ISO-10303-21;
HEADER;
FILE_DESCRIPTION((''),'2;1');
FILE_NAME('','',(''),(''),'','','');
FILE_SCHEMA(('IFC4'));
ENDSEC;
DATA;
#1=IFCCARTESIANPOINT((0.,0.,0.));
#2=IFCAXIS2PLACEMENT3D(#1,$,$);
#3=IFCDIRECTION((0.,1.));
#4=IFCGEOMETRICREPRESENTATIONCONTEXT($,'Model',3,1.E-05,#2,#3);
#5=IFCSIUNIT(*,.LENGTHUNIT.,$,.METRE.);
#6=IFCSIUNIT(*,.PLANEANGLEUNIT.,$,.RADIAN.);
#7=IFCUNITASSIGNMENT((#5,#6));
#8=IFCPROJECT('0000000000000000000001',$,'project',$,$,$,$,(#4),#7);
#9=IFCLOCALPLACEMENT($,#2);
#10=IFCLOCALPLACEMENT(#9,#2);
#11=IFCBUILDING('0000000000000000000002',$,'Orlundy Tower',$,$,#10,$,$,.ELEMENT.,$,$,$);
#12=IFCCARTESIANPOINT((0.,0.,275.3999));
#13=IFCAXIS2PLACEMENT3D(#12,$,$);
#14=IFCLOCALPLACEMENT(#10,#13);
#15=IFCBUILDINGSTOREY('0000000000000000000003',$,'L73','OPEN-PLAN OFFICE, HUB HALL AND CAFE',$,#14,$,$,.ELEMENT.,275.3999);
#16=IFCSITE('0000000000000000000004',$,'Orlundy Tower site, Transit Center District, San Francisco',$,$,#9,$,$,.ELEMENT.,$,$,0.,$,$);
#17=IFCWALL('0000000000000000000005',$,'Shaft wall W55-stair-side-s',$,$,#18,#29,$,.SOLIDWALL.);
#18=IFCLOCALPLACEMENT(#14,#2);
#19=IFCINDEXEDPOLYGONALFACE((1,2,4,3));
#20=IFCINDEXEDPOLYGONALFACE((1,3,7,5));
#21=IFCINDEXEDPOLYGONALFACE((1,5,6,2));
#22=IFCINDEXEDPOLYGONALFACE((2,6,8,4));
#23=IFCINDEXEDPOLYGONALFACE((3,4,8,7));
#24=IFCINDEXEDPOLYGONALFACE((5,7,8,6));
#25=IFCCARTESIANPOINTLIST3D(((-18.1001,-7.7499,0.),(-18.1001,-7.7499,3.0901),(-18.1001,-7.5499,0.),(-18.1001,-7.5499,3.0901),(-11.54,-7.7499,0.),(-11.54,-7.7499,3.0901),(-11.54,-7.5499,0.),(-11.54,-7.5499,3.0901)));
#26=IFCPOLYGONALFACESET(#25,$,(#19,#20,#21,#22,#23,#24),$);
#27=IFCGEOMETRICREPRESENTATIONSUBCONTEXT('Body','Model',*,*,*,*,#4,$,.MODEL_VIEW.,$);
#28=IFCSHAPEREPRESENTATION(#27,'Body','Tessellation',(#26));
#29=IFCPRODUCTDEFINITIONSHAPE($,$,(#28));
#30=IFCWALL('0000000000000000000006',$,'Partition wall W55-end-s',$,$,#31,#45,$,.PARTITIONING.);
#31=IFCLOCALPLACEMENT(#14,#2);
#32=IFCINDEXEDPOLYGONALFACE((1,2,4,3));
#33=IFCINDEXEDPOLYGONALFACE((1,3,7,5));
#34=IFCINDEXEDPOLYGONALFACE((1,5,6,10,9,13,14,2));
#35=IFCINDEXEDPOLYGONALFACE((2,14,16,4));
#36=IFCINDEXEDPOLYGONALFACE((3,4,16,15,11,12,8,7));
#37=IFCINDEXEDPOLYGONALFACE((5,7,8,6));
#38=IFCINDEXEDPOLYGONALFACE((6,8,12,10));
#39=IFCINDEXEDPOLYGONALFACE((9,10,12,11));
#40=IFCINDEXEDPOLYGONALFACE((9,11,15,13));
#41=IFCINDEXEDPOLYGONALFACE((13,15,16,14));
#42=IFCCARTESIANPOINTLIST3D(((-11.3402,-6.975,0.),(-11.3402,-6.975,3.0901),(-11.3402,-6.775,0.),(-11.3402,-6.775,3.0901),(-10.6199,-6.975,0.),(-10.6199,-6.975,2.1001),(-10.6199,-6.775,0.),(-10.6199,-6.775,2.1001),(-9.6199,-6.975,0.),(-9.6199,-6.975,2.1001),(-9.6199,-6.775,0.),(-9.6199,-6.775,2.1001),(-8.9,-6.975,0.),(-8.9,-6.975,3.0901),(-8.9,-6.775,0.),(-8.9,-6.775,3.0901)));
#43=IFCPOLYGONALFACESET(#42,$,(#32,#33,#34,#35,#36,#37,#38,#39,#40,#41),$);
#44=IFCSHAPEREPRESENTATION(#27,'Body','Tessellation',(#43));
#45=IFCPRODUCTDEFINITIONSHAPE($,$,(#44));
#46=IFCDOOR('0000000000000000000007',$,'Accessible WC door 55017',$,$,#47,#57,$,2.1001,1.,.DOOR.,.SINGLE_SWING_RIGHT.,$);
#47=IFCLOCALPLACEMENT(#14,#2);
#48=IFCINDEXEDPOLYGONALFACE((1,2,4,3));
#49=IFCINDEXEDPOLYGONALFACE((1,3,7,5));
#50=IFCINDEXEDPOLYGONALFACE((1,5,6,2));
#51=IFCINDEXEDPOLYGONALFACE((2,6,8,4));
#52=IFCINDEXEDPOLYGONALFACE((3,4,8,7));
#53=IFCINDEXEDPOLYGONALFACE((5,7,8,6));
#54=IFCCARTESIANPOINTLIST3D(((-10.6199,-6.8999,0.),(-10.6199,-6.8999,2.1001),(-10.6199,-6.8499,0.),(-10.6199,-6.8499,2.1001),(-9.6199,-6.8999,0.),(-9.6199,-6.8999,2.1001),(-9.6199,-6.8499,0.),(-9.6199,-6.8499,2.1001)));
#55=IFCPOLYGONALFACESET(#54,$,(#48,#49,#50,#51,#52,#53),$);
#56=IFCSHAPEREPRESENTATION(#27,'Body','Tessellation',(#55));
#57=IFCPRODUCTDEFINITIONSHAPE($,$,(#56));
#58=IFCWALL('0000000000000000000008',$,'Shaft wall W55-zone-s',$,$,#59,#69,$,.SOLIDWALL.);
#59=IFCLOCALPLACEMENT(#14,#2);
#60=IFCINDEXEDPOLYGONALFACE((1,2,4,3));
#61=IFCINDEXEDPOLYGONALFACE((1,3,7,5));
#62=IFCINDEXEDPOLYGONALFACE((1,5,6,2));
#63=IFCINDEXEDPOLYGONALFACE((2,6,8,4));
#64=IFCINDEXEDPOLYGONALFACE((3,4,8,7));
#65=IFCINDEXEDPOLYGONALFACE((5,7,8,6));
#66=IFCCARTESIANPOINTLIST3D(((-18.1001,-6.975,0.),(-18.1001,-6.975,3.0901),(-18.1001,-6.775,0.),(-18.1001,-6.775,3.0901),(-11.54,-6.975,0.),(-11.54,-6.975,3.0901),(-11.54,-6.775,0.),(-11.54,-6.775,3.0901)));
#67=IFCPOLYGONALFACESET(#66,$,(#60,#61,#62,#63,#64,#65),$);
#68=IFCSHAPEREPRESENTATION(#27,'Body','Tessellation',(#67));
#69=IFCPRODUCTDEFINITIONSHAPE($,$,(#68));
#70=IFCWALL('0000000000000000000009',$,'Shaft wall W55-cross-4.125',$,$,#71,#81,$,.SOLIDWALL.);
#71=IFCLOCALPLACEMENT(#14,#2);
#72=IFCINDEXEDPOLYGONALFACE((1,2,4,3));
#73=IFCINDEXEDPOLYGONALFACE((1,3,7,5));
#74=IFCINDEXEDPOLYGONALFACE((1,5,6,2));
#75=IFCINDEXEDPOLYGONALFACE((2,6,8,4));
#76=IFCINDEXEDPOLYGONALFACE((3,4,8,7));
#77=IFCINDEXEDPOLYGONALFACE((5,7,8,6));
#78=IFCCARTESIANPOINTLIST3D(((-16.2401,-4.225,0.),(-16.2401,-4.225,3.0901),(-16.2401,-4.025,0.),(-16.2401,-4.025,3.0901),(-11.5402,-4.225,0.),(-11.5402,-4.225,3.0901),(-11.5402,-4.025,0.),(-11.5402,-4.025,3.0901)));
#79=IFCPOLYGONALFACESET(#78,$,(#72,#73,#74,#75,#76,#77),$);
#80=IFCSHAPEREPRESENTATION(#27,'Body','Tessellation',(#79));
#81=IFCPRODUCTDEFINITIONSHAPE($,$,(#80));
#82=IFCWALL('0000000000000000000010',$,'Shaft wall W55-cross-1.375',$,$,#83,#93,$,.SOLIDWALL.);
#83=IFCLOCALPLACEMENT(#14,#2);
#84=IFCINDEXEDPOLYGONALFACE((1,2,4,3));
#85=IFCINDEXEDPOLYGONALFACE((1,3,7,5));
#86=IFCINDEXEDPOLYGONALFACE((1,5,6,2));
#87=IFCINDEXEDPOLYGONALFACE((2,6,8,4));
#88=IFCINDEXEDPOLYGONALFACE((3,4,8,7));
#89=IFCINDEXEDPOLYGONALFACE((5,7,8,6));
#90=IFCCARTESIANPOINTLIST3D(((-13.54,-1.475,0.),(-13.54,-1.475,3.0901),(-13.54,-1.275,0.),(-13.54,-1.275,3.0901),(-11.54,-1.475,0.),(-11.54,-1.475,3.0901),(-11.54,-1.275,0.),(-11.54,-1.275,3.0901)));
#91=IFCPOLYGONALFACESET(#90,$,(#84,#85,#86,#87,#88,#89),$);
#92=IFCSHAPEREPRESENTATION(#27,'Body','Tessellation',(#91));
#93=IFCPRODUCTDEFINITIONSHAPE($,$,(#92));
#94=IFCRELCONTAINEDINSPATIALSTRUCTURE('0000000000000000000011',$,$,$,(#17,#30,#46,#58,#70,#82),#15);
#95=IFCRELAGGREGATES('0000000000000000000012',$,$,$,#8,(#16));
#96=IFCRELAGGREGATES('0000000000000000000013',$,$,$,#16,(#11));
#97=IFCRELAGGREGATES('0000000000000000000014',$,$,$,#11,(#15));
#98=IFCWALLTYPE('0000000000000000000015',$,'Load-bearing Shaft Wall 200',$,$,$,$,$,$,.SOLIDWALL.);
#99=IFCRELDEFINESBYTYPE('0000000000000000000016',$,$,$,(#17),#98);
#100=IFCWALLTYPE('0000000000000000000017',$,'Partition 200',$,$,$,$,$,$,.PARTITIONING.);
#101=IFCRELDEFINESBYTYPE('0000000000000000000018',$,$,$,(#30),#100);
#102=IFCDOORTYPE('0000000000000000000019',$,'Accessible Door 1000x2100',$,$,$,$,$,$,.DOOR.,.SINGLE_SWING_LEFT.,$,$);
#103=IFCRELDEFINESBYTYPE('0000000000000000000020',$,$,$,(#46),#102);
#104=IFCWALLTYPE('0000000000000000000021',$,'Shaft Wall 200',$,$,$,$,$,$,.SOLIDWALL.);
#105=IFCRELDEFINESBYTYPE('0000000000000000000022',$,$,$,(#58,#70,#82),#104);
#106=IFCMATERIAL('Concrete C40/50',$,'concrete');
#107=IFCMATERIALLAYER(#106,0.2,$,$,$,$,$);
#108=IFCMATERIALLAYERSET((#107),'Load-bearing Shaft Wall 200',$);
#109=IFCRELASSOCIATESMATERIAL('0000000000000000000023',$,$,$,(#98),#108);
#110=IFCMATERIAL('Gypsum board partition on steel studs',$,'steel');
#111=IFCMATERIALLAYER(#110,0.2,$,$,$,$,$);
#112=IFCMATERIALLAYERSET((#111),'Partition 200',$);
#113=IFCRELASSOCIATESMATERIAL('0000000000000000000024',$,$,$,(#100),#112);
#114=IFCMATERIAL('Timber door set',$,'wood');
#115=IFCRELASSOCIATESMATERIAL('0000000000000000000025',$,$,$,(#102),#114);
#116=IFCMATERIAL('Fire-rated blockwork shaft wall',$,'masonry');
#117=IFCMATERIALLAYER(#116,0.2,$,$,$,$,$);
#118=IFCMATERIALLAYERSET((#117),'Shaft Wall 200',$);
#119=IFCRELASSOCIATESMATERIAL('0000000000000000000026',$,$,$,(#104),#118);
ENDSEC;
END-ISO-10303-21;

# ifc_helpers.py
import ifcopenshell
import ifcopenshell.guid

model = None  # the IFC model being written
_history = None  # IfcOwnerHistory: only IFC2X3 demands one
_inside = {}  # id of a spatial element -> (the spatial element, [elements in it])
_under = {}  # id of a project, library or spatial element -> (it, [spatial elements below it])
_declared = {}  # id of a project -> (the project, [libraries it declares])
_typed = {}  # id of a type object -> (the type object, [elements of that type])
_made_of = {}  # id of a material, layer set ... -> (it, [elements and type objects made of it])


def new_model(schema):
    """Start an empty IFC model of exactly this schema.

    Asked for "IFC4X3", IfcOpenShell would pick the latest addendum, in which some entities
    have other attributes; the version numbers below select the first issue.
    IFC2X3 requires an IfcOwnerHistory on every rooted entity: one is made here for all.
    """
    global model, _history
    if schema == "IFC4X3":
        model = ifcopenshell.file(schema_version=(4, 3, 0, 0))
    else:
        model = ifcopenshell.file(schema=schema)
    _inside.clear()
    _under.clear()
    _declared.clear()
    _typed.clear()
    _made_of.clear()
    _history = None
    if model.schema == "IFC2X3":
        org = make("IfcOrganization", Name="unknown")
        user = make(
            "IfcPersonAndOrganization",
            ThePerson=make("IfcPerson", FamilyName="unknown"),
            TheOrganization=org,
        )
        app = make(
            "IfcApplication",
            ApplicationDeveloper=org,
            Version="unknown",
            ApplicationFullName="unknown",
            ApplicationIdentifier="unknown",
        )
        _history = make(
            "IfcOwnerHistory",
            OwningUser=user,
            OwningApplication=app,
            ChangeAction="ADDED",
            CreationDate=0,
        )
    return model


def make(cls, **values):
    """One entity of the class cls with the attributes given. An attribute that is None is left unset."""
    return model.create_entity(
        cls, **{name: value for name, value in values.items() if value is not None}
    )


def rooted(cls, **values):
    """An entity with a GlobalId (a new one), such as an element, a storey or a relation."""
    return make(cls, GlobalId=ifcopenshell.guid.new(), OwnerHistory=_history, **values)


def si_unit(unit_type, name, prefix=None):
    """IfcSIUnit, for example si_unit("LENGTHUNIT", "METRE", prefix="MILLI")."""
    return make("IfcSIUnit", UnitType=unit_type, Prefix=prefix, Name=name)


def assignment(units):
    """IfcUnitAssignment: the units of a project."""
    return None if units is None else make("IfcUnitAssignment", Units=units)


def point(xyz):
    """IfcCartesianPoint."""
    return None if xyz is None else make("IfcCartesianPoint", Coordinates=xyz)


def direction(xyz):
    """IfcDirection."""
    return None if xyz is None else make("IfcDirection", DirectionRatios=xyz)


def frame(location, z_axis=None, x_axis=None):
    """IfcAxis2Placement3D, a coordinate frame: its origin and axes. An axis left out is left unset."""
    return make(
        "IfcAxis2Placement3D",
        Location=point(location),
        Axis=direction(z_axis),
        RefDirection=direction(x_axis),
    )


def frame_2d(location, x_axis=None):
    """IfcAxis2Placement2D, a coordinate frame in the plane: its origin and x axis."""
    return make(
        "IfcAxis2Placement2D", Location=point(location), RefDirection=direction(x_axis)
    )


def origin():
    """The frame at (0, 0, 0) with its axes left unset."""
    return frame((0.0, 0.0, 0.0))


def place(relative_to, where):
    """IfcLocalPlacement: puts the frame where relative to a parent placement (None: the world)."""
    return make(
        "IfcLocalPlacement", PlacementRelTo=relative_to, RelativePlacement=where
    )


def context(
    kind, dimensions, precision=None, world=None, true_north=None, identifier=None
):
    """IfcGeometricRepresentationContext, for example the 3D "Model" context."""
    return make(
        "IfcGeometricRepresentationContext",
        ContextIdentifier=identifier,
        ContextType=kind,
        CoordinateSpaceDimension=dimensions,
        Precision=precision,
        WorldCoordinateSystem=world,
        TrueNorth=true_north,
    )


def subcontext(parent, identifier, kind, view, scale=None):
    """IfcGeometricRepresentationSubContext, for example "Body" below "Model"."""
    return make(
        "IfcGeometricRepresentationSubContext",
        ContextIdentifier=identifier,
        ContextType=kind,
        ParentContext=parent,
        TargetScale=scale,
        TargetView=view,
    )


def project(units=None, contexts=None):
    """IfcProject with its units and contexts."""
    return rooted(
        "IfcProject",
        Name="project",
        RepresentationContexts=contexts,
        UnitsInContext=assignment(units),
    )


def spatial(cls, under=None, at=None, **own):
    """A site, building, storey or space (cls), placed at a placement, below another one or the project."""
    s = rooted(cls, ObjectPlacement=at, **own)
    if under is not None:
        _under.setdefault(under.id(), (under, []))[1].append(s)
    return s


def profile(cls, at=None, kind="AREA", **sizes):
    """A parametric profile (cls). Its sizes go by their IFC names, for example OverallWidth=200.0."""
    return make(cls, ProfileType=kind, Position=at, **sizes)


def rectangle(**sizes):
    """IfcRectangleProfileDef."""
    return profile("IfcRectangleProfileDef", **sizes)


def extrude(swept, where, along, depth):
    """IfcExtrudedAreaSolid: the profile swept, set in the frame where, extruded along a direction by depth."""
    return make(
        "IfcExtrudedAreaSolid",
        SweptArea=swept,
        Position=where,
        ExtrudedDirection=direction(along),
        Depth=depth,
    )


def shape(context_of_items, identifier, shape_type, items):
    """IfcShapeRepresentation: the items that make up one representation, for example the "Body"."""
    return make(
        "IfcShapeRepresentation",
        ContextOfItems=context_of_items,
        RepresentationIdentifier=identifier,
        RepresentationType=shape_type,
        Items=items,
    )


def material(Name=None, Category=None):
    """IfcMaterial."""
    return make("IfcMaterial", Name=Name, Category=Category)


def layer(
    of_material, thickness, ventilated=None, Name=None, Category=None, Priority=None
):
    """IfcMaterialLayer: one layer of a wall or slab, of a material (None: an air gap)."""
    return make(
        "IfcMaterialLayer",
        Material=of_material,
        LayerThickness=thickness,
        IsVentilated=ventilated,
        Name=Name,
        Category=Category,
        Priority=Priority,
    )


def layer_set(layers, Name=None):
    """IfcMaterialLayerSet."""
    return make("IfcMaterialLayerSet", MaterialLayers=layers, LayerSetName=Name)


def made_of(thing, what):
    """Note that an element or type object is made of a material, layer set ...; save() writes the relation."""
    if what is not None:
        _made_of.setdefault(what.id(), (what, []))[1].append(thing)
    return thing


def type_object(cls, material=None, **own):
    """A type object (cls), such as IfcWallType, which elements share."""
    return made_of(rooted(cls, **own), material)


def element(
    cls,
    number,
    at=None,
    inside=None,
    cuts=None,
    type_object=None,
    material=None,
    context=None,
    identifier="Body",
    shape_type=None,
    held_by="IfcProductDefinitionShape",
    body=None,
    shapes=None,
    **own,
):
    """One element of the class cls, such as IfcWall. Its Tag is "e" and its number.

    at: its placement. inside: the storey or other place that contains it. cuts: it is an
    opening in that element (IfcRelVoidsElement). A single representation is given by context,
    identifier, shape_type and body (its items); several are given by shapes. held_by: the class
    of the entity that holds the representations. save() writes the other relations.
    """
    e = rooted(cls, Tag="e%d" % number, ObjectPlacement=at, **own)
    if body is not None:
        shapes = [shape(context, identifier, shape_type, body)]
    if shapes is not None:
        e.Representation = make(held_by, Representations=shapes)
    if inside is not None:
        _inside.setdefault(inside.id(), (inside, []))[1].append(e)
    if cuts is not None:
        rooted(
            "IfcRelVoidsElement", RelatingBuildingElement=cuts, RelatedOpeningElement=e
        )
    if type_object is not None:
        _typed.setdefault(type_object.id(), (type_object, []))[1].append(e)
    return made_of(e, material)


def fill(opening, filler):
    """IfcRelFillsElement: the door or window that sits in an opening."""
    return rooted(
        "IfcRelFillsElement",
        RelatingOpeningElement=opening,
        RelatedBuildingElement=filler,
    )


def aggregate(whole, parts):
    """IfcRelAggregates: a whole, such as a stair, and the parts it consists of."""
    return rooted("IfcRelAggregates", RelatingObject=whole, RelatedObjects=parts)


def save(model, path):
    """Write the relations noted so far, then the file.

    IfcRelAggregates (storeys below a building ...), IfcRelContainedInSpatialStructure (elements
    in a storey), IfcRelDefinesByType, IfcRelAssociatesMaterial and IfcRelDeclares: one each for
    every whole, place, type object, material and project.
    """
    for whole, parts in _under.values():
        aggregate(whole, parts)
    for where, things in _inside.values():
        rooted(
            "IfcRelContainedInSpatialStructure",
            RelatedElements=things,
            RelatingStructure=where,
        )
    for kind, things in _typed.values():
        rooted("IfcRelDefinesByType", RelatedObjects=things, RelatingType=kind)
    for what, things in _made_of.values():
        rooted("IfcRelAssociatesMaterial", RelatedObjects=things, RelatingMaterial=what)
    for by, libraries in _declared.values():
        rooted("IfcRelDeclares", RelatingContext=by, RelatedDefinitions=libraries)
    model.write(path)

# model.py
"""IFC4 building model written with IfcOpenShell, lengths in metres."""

from ifc_helpers import new_model, si_unit, direction, frame, frame_2d, origin, place, context, subcontext, project, spatial, rectangle, extrude, material, layer, layer_set, type_object, element, fill, save


model = new_model("IFC4")

# Units and contexts
model_context = context("Model", 3, precision=1e-05, world=origin(), true_north=direction((0.0, 1.0)))
body_context = subcontext(model_context, "Body", "Model", "MODEL_VIEW")
ifc_project = project(units=[si_unit("LENGTHUNIT", "METRE"), si_unit("PLANEANGLEUNIT", "RADIAN")], contexts=[model_context])

# Site, building, storey
site_placement = place(None, origin())
site = spatial("IfcSite", under=ifc_project, at=site_placement, Name="Orlundy Tower site, Transit Center District, San Francisco", CompositionType="ELEMENT", RefElevation=0.0)
building_placement = place(site_placement, origin())
building = spatial("IfcBuilding", under=site, at=building_placement, Name="Orlundy Tower", CompositionType="ELEMENT")
storey_placement = place(building_placement, frame((0.0, 0.0, 275.3999)))
storey = spatial("IfcBuildingStorey", under=building, at=storey_placement, Name="L73", Description="OPEN-PLAN OFFICE, HUB HALL AND CAFE", CompositionType="ELEMENT", Elevation=275.3999)

# Wall
ifc_material_1 = material(Name="Concrete C40/50", Category="concrete")
ifc_layer_1 = layer(ifc_material_1, 0.2)
ifc_layer_set_1 = layer_set([ifc_layer_1], Name="Load-bearing Shaft Wall 200")
wall_type_1 = type_object("IfcWallType", Name="Load-bearing Shaft Wall 200", PredefinedType="SOLIDWALL", material=ifc_layer_set_1)
wall_1_placement = place(storey_placement, frame((-11.54, -7.6499, 0.0), z_axis=(0.0, 0.0, 1.0), x_axis=(-1.0, 0.0, 0.0)))
element("IfcWall", 1, at=wall_1_placement, inside=storey, type_object=wall_type_1, Name="Shaft wall W55-stair-side-s", PredefinedType="SOLIDWALL", context=body_context, shape_type="SweptSolid", body=[
    extrude(rectangle(XDim=6.5601, YDim=0.2, at=frame_2d((3.28, 0.0))), origin(), (0.0, 0.0, 1.0), 3.0901),
])

# Wall, opening, door
ifc_material_2 = material(Name="Gypsum board partition on steel studs", Category="steel")
ifc_layer_2 = layer(ifc_material_2, 0.2)
ifc_layer_set_2 = layer_set([ifc_layer_2], Name="Partition 200")
wall_type_2 = type_object("IfcWallType", Name="Partition 200", PredefinedType="PARTITIONING", material=ifc_layer_set_2)
wall_2_placement = place(storey_placement, frame((-8.8999, -6.875, 0.0), z_axis=(0.0, 0.0, 1.0), x_axis=(-1.0, 0.0, 0.0)))
wall_2 = element("IfcWall", 2, at=wall_2_placement, inside=storey, type_object=wall_type_2, Name="Partition wall W55-end-s", PredefinedType="PARTITIONING", context=body_context, shape_type="SweptSolid", body=[
    extrude(rectangle(XDim=2.4402, YDim=0.2, at=frame_2d((1.2202, 0.0))), origin(), (0.0, 0.0, 1.0), 3.0901),
])
opening_1_placement = place(wall_2_placement, frame((0.72, 0.0, 0.0)))
opening_1 = element("IfcOpeningElement", 3, at=opening_1_placement, cuts=wall_2, PredefinedType="OPENING", context=body_context, shape_type="SweptSolid", body=[
    extrude(rectangle(XDim=1.0, YDim=2.1001, at=frame_2d((0.5, 1.05))), frame((0.0, 0.1101, 0.0), z_axis=(0.0, -1.0, 0.0), x_axis=(1.0, 0.0, 0.0)), (0.0, 0.0, 1.0), 0.2202),
])
ifc_material_3 = material(Name="Timber door set", Category="wood")
door_type_1 = type_object("IfcDoorType", Name="Accessible Door 1000x2100", OperationType="SINGLE_SWING_LEFT", PredefinedType="DOOR", material=ifc_material_3)
door_1_placement = place(opening_1_placement, origin())
door_1 = element("IfcDoor", 4, at=door_1_placement, inside=storey, type_object=door_type_1, Name="Accessible WC door 55017", OperationType="SINGLE_SWING_RIGHT", OverallHeight=2.1001, OverallWidth=1.0, PredefinedType="DOOR", context=body_context, shape_type="SweptSolid", body=[
    extrude(rectangle(XDim=1.0, YDim=2.1001, at=frame_2d((0.5, 1.05))), frame((0.0, 0.0249, 0.0), z_axis=(0.0, -1.0, 0.0), x_axis=(1.0, 0.0, 0.0)), (0.0, 0.0, 1.0), 0.05),
])
fill(opening_1, door_1)

# Walls
ifc_material_4 = material(Name="Fire-rated blockwork shaft wall", Category="masonry")
ifc_layer_3 = layer(ifc_material_4, 0.2)
ifc_layer_set_3 = layer_set([ifc_layer_3], Name="Shaft Wall 200")
wall_type_3 = type_object("IfcWallType", Name="Shaft Wall 200", PredefinedType="SOLIDWALL", material=ifc_layer_set_3)
wall_3_placement = place(storey_placement, frame((-11.54, -6.875, 0.0), z_axis=(0.0, 0.0, 1.0), x_axis=(-1.0, 0.0, 0.0)))
element("IfcWall", 5, at=wall_3_placement, inside=storey, type_object=wall_type_3, Name="Shaft wall W55-zone-s", PredefinedType="SOLIDWALL", context=body_context, shape_type="SweptSolid", body=[
    extrude(rectangle(XDim=6.5601, YDim=0.2, at=frame_2d((3.28, 0.0))), origin(), (0.0, 0.0, 1.0), 3.0901),
])
wall_4_placement = place(storey_placement, frame((-11.54, -4.125, 0.0), z_axis=(0.0, 0.0, 1.0), x_axis=(-1.0, 0.0, 0.0)))
element("IfcWall", 6, at=wall_4_placement, inside=storey, type_object=wall_type_3, Name="Shaft wall W55-cross-4.125", PredefinedType="SOLIDWALL", context=body_context, shape_type="SweptSolid", body=[
    extrude(rectangle(XDim=4.7, YDim=0.2, at=frame_2d((2.3501, 0.0))), origin(), (0.0, 0.0, 1.0), 3.0901),
])
wall_5_placement = place(storey_placement, frame((-11.54, -1.375, 0.0), z_axis=(0.0, 0.0, 1.0), x_axis=(-1.0, 0.0, 0.0)))
element("IfcWall", 7, at=wall_5_placement, inside=storey, type_object=wall_type_3, Name="Shaft wall W55-cross-1.375", PredefinedType="SOLIDWALL", context=body_context, shape_type="SweptSolid", body=[
    extrude(rectangle(XDim=2.0, YDim=0.2, at=frame_2d((1.0, 0.0))), origin(), (0.0, 0.0, 1.0), 3.0901),
])

save(model, "model.ifc")
